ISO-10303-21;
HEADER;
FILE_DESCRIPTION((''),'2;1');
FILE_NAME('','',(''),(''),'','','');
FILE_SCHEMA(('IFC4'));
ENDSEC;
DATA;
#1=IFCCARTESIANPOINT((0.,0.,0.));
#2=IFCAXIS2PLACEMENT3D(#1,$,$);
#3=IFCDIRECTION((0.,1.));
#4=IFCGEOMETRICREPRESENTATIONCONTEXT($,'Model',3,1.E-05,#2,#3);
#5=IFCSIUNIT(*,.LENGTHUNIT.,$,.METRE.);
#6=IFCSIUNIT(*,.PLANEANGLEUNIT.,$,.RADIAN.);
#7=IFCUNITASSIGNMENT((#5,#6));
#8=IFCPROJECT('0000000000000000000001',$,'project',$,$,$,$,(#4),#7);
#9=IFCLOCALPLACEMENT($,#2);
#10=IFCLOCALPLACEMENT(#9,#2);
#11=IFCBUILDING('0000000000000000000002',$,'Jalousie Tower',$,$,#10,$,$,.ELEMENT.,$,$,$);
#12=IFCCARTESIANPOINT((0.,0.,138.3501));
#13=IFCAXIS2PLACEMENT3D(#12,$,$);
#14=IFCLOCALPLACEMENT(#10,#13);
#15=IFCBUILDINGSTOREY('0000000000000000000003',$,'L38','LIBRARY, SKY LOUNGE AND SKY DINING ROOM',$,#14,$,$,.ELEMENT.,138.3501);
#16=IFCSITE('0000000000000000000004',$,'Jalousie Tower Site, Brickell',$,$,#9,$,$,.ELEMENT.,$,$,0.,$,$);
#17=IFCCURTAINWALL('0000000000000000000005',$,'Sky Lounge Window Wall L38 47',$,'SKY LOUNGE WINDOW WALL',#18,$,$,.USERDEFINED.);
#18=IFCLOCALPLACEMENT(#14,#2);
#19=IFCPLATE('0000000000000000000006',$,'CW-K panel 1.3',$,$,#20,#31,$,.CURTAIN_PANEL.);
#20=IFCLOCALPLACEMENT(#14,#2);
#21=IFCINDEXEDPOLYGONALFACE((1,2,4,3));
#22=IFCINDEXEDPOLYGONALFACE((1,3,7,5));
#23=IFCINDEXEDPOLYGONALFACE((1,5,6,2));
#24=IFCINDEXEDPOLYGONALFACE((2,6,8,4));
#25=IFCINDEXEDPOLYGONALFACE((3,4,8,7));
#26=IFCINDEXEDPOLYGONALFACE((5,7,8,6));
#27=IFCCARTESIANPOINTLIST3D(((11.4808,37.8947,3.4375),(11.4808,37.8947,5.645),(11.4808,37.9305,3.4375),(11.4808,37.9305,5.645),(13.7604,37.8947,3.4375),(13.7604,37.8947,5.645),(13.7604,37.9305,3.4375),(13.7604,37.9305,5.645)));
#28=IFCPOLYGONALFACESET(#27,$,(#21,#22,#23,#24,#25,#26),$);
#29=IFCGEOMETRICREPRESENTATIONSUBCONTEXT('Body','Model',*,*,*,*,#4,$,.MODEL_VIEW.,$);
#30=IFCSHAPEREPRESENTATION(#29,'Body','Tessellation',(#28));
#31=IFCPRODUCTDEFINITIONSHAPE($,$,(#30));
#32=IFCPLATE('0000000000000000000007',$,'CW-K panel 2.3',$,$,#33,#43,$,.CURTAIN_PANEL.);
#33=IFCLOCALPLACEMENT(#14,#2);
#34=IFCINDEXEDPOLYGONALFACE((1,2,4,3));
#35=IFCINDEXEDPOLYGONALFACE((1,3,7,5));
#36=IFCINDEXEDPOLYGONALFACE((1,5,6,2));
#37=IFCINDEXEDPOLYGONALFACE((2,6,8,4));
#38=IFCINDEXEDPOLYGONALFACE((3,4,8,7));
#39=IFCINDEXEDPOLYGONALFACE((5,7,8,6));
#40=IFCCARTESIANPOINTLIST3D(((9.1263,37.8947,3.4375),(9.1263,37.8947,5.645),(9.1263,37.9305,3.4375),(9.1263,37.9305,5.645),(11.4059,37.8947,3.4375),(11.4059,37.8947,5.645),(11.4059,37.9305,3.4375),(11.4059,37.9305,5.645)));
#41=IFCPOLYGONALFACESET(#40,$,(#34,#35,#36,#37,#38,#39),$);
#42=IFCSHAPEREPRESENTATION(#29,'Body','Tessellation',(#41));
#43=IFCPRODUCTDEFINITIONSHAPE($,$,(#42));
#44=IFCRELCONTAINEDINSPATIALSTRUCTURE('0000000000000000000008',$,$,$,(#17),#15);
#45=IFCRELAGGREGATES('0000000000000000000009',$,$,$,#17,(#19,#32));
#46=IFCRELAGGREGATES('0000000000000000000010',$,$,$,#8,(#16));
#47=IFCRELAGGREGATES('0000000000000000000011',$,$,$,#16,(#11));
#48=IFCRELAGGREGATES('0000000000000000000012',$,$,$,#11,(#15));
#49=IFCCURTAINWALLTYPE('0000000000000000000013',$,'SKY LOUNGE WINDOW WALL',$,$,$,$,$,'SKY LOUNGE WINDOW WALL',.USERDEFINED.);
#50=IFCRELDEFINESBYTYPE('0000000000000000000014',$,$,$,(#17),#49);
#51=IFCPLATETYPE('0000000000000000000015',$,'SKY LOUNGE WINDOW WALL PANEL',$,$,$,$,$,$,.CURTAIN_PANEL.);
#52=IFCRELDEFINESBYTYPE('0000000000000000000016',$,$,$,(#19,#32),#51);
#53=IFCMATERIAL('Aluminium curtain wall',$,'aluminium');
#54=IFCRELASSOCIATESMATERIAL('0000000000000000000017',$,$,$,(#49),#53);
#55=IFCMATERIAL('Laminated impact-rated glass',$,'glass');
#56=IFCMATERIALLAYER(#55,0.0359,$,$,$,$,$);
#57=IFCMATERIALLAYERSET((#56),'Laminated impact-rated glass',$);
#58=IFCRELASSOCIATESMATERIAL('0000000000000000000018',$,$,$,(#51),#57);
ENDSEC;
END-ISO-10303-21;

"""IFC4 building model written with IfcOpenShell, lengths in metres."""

from ifc_helpers import new_model, si_unit, direction, frame, origin, origin_2d, place, context, subcontext, project, spatial, rectangle, extrude, material, layer, layer_set, type_object, element, aggregate, save


model = new_model("IFC4")

# Units and contexts
model_context = context("Model", 3, precision=1e-05, world=origin(), true_north=direction((0.0, 1.0)))
body_context = subcontext(model_context, "Body", "Model", "MODEL_VIEW")
ifc_project = project(units=[si_unit("LENGTHUNIT", "METRE"), si_unit("PLANEANGLEUNIT", "RADIAN")], contexts=[model_context])

# Site, building, storey
site_placement = place(None, origin())
site = spatial("IfcSite", under=ifc_project, at=site_placement, Name="Jalousie Tower Site, Brickell", CompositionType="ELEMENT", RefElevation=0.0)
building_placement = place(site_placement, origin())
building = spatial("IfcBuilding", under=site, at=building_placement, Name="Jalousie Tower", CompositionType="ELEMENT")
storey_placement = place(building_placement, frame((0.0, 0.0, 138.3501)))
storey = spatial("IfcBuildingStorey", under=building, at=storey_placement, Name="L38", Description="LIBRARY, SKY LOUNGE AND SKY DINING ROOM", CompositionType="ELEMENT", Elevation=138.3501)

# Curtain wall
ifc_material_1 = material(Name="Aluminium curtain wall", Category="aluminium")
curtain_wall_type_1 = type_object("IfcCurtainWallType", Name="SKY LOUNGE WINDOW WALL", ElementType="SKY LOUNGE WINDOW WALL", PredefinedType="USERDEFINED", material=ifc_material_1)
curtain_wall_1_placement = place(storey_placement, origin())
curtain_wall_1 = element("IfcCurtainWall", 1, at=curtain_wall_1_placement, inside=storey, type_object=curtain_wall_type_1, Name="Sky Lounge Window Wall L38 47", ObjectType="SKY LOUNGE WINDOW WALL", PredefinedType="USERDEFINED")

# Plates
ifc_material_2 = material(Name="Laminated impact-rated glass", Category="glass")
ifc_layer_1 = layer(ifc_material_2, 0.0359)
ifc_layer_set_1 = layer_set([ifc_layer_1], Name="Laminated impact-rated glass")
plate_type_1 = type_object("IfcPlateType", Name="SKY LOUNGE WINDOW WALL PANEL", PredefinedType="CURTAIN_PANEL", material=ifc_layer_set_1)
plate_1_placement = place(storey_placement, frame((12.6206, 37.9126, 3.4375), z_axis=(0.0, 0.0, 1.0), x_axis=(-1.0, 0.0, 0.0)))
plate_1 = element("IfcPlate", 2, at=plate_1_placement, type_object=plate_type_1, Name="CW-K panel 1.3", PredefinedType="CURTAIN_PANEL", context=body_context, shape_type="SweptSolid", body=[
    extrude(rectangle(XDim=2.2795, YDim=0.0359, at=origin_2d()), origin(), (0.0, 0.0, 1.0), 2.2075),
])
plate_2_placement = place(storey_placement, frame((10.2661, 37.9126, 3.4375), z_axis=(0.0, 0.0, 1.0), x_axis=(-1.0, 0.0, 0.0)))
plate_2 = element("IfcPlate", 3, at=plate_2_placement, type_object=plate_type_1, Name="CW-K panel 2.3", PredefinedType="CURTAIN_PANEL", context=body_context, shape_type="SweptSolid", body=[
    extrude(rectangle(XDim=2.2795, YDim=0.0359, at=origin_2d()), origin(), (0.0, 0.0, 1.0), 2.2075),
])
aggregate(curtain_wall_1, [plate_1, plate_2])

save(model, "model.ifc")
